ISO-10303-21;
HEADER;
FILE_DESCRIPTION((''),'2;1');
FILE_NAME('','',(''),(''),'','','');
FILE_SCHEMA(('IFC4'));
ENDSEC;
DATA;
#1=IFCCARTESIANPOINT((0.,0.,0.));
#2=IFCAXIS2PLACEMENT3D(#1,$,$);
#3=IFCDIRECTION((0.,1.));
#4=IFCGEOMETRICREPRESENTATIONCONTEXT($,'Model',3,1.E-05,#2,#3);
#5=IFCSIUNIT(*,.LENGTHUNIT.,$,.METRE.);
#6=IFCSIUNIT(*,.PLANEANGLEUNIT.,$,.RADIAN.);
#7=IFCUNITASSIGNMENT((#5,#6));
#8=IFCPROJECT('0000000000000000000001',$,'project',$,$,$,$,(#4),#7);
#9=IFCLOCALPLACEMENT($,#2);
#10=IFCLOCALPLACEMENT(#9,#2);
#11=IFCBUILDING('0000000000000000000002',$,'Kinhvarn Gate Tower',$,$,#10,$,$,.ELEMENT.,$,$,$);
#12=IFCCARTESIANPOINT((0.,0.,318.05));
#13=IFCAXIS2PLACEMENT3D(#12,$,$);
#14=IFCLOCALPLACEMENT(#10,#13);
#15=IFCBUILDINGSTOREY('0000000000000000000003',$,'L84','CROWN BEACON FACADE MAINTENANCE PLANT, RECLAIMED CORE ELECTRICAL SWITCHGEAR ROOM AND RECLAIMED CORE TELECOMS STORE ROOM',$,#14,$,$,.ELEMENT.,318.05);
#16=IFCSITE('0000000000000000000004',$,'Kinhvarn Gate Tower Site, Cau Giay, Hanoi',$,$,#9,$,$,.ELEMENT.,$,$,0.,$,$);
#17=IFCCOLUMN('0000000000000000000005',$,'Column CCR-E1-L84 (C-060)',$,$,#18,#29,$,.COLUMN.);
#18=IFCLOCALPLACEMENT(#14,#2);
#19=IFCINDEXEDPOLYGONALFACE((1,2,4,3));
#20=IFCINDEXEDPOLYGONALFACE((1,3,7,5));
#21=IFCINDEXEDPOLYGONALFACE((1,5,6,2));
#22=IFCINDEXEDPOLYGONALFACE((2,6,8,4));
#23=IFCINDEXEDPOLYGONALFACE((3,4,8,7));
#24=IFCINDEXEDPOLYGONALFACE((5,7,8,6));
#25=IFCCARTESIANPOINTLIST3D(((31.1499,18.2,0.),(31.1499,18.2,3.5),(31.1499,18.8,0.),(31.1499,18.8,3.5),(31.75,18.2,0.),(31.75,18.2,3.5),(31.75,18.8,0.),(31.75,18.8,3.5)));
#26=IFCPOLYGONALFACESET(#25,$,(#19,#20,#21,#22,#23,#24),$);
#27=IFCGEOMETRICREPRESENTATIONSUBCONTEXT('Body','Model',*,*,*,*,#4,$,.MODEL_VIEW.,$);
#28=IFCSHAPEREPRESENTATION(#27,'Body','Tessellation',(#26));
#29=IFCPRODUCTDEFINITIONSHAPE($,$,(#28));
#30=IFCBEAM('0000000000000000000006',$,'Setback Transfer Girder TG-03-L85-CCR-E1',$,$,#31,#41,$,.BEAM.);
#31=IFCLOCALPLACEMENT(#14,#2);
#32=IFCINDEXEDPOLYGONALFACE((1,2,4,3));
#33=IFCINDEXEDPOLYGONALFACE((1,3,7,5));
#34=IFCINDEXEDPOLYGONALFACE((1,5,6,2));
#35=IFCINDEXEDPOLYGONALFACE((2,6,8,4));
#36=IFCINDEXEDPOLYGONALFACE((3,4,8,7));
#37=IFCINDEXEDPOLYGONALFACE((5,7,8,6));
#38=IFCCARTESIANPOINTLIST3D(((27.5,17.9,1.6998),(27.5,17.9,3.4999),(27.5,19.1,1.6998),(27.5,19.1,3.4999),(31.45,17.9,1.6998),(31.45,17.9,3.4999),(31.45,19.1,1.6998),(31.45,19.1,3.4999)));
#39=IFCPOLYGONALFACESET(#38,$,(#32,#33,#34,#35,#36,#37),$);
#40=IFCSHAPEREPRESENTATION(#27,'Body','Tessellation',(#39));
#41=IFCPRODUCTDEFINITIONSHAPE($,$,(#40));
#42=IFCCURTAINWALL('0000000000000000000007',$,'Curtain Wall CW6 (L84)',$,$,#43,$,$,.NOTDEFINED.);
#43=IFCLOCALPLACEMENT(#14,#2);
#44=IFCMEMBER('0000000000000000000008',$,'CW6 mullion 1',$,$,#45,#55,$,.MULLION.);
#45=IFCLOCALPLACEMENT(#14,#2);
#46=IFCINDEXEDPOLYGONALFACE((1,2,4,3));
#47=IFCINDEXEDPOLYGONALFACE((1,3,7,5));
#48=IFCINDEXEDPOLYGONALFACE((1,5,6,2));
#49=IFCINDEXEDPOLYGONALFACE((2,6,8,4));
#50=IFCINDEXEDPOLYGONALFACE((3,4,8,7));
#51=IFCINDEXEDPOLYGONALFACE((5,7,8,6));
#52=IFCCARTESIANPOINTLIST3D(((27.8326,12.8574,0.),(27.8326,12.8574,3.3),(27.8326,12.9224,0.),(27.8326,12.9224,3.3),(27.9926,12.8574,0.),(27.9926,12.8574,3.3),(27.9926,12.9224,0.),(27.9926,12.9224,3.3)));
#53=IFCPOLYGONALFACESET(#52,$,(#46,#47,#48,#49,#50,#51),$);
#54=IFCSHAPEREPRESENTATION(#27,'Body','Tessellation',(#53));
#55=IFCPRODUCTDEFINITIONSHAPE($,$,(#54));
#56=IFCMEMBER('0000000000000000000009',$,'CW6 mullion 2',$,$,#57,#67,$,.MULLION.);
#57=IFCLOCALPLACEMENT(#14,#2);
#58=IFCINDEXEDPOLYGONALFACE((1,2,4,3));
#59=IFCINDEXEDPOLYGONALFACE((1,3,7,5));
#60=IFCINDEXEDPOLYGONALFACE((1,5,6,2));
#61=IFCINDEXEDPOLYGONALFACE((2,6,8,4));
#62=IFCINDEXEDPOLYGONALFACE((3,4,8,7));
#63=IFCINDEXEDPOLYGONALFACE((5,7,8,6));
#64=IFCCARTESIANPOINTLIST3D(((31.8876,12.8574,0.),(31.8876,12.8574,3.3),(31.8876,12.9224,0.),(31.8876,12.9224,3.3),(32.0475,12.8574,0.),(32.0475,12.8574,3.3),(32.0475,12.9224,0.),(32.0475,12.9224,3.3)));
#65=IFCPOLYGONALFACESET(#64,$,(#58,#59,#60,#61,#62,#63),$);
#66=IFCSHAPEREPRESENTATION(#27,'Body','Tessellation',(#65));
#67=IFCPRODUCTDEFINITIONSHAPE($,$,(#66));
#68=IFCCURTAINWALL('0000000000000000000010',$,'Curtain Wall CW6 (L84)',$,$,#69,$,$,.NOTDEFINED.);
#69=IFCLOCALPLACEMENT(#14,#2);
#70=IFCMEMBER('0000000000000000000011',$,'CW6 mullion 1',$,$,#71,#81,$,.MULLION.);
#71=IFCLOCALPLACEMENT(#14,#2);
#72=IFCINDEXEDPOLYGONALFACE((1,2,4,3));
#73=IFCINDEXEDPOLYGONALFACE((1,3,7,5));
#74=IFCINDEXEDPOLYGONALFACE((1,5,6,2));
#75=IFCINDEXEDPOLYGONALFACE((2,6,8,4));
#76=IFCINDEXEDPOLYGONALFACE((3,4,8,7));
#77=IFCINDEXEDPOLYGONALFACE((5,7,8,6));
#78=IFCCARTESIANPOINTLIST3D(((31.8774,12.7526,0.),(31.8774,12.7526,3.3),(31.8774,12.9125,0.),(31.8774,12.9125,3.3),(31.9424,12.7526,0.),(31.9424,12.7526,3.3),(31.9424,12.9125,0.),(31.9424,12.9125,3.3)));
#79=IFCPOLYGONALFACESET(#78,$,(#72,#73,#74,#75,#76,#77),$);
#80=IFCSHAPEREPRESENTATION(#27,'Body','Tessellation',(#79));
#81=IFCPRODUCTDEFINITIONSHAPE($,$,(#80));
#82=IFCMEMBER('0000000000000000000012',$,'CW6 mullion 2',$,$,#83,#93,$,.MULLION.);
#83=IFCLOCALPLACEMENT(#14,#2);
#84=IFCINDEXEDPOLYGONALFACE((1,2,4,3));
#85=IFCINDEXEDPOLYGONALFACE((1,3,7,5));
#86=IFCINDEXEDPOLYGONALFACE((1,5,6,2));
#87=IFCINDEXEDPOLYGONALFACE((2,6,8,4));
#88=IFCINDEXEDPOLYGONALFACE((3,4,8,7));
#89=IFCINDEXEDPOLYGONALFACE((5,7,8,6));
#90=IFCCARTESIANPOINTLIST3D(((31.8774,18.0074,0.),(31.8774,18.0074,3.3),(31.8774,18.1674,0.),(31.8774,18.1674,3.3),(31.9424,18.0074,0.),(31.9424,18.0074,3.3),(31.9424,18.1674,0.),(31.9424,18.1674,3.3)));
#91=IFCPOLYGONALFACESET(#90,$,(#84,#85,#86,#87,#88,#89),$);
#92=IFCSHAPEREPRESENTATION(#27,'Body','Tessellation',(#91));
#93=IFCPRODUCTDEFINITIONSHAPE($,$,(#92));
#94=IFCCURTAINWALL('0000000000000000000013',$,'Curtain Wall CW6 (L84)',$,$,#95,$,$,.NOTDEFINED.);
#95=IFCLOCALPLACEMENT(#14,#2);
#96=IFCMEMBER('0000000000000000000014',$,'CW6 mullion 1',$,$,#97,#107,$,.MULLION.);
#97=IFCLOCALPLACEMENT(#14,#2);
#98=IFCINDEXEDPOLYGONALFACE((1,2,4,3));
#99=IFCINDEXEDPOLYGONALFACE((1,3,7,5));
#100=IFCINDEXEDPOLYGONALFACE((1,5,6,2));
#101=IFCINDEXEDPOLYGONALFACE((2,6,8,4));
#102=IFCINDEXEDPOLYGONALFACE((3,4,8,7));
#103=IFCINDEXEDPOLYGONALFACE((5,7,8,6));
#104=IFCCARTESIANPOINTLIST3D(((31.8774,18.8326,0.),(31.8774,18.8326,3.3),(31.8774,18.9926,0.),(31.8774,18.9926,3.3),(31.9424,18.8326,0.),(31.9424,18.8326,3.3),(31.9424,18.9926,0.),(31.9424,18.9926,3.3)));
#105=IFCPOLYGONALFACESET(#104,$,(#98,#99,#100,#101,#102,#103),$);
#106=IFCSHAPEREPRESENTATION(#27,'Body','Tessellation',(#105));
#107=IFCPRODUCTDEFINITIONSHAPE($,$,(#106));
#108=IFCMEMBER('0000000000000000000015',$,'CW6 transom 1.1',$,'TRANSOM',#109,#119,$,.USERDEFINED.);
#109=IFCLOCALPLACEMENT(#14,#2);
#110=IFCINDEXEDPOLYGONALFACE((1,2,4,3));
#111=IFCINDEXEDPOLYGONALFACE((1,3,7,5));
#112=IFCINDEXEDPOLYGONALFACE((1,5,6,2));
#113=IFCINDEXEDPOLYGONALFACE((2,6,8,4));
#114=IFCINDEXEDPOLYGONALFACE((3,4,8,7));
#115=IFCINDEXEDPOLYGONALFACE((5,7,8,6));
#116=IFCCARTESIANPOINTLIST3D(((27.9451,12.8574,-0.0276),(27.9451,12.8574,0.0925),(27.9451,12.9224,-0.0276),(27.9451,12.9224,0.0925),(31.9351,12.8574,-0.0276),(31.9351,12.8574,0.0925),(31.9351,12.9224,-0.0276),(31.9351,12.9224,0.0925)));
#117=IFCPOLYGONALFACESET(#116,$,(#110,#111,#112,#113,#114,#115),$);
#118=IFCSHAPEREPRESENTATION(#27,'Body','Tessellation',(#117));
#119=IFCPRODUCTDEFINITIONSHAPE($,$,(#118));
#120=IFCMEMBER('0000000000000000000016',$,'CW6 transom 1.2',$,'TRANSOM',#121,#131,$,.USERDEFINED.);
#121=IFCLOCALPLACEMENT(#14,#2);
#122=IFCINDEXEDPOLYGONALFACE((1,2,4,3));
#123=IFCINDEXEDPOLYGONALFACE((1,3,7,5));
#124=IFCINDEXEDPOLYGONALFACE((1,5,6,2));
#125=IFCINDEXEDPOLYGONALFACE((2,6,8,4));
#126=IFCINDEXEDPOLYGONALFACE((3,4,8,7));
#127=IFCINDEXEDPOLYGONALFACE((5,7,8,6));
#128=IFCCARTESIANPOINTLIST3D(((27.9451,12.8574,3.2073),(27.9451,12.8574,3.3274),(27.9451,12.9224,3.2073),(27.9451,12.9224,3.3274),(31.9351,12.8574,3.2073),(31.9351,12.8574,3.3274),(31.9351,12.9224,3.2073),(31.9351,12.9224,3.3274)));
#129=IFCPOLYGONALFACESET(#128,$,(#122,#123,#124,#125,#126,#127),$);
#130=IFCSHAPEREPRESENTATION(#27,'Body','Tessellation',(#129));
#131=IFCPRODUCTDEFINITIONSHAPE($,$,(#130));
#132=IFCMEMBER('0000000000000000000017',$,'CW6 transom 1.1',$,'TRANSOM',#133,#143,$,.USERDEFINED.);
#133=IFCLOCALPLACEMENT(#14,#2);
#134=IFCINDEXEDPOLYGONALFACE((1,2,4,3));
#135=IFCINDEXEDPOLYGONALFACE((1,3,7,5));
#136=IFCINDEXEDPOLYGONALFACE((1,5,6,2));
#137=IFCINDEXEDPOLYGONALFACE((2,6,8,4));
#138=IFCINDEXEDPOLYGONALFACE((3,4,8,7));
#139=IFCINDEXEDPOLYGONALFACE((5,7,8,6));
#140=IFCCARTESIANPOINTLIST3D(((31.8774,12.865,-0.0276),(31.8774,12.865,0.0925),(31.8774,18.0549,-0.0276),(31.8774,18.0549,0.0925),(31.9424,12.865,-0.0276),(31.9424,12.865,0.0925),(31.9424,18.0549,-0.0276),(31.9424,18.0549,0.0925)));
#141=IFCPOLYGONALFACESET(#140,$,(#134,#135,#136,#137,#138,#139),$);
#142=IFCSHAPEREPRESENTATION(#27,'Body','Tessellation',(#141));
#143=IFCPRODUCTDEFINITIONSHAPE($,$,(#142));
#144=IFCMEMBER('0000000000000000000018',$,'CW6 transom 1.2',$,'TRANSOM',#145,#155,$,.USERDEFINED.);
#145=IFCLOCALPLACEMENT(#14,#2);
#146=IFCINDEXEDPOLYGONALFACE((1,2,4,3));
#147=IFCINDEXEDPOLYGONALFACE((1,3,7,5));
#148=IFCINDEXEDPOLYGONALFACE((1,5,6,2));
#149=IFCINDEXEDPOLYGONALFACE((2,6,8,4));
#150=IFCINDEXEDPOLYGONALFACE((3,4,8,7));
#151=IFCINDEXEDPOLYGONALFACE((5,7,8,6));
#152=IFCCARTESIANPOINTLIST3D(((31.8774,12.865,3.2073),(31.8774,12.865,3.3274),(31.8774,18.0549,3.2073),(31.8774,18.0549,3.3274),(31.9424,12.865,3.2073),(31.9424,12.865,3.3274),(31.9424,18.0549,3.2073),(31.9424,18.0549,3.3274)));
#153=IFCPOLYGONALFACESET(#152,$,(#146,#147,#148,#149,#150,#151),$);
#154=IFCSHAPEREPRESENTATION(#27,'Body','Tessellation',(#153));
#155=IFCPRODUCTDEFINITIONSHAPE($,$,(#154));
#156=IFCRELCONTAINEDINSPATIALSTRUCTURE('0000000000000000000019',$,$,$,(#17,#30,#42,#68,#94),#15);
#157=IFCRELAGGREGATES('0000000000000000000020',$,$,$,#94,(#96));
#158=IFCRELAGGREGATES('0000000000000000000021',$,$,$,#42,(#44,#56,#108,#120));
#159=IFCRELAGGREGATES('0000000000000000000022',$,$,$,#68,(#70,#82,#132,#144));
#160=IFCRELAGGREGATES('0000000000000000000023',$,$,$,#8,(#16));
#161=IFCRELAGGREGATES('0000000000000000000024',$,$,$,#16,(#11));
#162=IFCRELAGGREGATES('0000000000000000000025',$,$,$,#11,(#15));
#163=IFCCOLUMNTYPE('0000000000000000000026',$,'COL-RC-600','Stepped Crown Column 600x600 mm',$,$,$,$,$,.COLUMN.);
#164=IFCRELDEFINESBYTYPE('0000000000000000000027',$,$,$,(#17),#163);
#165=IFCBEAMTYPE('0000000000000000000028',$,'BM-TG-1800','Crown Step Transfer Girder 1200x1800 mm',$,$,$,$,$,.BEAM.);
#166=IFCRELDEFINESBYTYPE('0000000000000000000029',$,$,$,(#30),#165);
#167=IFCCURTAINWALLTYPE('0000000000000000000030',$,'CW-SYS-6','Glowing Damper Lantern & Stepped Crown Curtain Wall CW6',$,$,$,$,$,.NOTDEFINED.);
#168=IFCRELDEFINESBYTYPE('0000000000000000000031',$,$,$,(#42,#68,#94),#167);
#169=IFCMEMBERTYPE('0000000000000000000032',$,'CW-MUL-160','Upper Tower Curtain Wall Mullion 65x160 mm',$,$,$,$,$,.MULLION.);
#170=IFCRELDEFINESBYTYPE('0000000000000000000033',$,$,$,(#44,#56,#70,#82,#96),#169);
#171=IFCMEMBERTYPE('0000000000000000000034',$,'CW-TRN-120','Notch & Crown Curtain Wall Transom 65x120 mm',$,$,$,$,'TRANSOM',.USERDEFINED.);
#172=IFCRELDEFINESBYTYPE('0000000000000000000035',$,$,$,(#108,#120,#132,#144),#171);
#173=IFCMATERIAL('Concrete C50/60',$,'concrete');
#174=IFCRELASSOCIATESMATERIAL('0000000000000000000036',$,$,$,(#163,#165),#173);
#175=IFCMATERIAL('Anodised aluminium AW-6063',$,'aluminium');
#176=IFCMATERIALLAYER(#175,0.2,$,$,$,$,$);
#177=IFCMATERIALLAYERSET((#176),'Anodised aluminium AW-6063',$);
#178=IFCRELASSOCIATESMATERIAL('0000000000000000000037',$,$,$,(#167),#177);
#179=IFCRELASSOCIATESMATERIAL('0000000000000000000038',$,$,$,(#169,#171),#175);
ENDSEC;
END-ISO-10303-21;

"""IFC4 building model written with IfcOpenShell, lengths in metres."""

from ifc_helpers import new_model, si_unit, direction, frame, origin, origin_2d, place, context, subcontext, project, spatial, rectangle, extrude, material, layer, layer_set, material_profile, profile_set, type_object, element, aggregate, save


model = new_model("IFC4")

# Units and contexts
model_context = context("Model", 3, precision=1e-05, world=origin(), true_north=direction((0.0, 1.0)))
body_context = subcontext(model_context, "Body", "Model", "MODEL_VIEW")
ifc_project = project(units=[si_unit("LENGTHUNIT", "METRE"), si_unit("PLANEANGLEUNIT", "RADIAN")], contexts=[model_context])

# Site, building, storey
site_placement = place(None, origin())
site = spatial("IfcSite", under=ifc_project, at=site_placement, Name="Kinhvarn Gate Tower Site, Cau Giay, Hanoi", CompositionType="ELEMENT", RefElevation=0.0)
building_placement = place(site_placement, origin())
building = spatial("IfcBuilding", under=site, at=building_placement, Name="Kinhvarn Gate Tower", CompositionType="ELEMENT")
storey_placement = place(building_placement, frame((0.0, 0.0, 318.05)))
storey = spatial("IfcBuildingStorey", under=building, at=storey_placement, Name="L84", Description="CROWN BEACON FACADE MAINTENANCE PLANT, RECLAIMED CORE ELECTRICAL SWITCHGEAR ROOM AND RECLAIMED CORE TELECOMS STORE ROOM", CompositionType="ELEMENT", Elevation=318.05)

# Column
ifc_material_1 = material(Name="Concrete C50/60", Category="concrete")
ifc_material_profile_1 = material_profile(ifc_material_1, rectangle(XDim=0.6001, YDim=0.6001, at=origin_2d()), Name="RC 600x600")
ifc_profile_set_1 = profile_set([ifc_material_profile_1], Name="Concrete C50/60")
column_type = type_object("IfcColumnType", Name="COL-RC-600", Description="Stepped Crown Column 600x600 mm", PredefinedType="COLUMN", material=ifc_profile_set_1)
column_placement = place(storey_placement, frame((31.45, 18.5, 0.0), z_axis=(0.0, 0.0, 1.0), x_axis=(1.0, 0.0, 0.0)))
element("IfcColumn", 1, at=column_placement, inside=storey, type_object=column_type, Name="Column CCR-E1-L84 (C-060)", PredefinedType="COLUMN", context=body_context, shape_type="SweptSolid", body=[
    extrude(rectangle(XDim=0.6001, YDim=0.6001, at=origin_2d()), origin(), (0.0, 0.0, 1.0), 3.5),
])

# Beam
ifc_material_profile_2 = material_profile(ifc_material_1, rectangle(XDim=1.2, YDim=1.8, at=origin_2d()), Name="RC 1200x1800")
ifc_profile_set_2 = profile_set([ifc_material_profile_2], Name="Concrete C50/60")
beam_type_1 = type_object("IfcBeamType", Name="BM-TG-1800", Description="Crown Step Transfer Girder 1200x1800 mm", PredefinedType="BEAM", material=ifc_profile_set_2)
beam_1_placement = place(storey_placement, frame((27.5, 18.5, 2.5999), z_axis=(1.0, 0.0, 0.0), x_axis=(0.0, 1.0, 0.0)))
element("IfcBeam", 2, at=beam_1_placement, inside=storey, type_object=beam_type_1, Name="Setback Transfer Girder TG-03-L85-CCR-E1", PredefinedType="BEAM", context=body_context, shape_type="SweptSolid", body=[
    extrude(rectangle(XDim=1.2, YDim=1.8, at=origin_2d()), origin(), (0.0, 0.0, 1.0), 3.95),
])

# Curtain walls, members
ifc_material_2 = material(Name="Anodised aluminium AW-6063", Category="aluminium")
ifc_layer_1 = layer(ifc_material_2, 0.2)
ifc_layer_set_1 = layer_set([ifc_layer_1], Name="Anodised aluminium AW-6063")
curtain_wall_type = type_object("IfcCurtainWallType", Name="CW-SYS-6", Description="Glowing Damper Lantern & Stepped Crown Curtain Wall CW6", PredefinedType="NOTDEFINED", material=ifc_layer_set_1)
curtain_wall_1_placement = place(storey_placement, origin())
curtain_wall_1 = element("IfcCurtainWall", 3, at=curtain_wall_1_placement, inside=storey, type_object=curtain_wall_type, Name="Curtain Wall CW6 (L84)", PredefinedType="NOTDEFINED")
ifc_material_profile_3 = material_profile(ifc_material_2, rectangle(XDim=0.0649, YDim=0.1599, at=origin_2d()), Name="ALU 65x160")
ifc_profile_set_3 = profile_set([ifc_material_profile_3], Name="Anodised aluminium AW-6063")
member_type_1 = type_object("IfcMemberType", Name="CW-MUL-160", Description="Upper Tower Curtain Wall Mullion 65x160 mm", PredefinedType="MULLION", material=ifc_profile_set_3)
member_1_placement = place(storey_placement, frame((27.9126, 12.8899, 0.0), z_axis=(0.0, 0.0, 1.0), x_axis=(0.0, 1.0, 0.0)))
member_1 = element("IfcMember", 4, at=member_1_placement, type_object=member_type_1, Name="CW6 mullion 1", PredefinedType="MULLION", context=body_context, shape_type="SweptSolid", body=[
    extrude(rectangle(XDim=0.0649, YDim=0.1599, at=origin_2d()), origin(), (0.0, 0.0, 1.0), 3.3),
])
member_2_placement = place(storey_placement, frame((31.9675, 12.8899, 0.0), z_axis=(0.0, 0.0, 1.0), x_axis=(0.0, 1.0, 0.0)))
member_2 = element("IfcMember", 5, at=member_2_placement, type_object=member_type_1, Name="CW6 mullion 2", PredefinedType="MULLION", context=body_context, shape_type="SweptSolid", body=[
    extrude(rectangle(XDim=0.0649, YDim=0.1599, at=origin_2d()), origin(), (0.0, 0.0, 1.0), 3.3),
])
curtain_wall_2_placement = place(storey_placement, origin())
curtain_wall_2 = element("IfcCurtainWall", 6, at=curtain_wall_2_placement, inside=storey, type_object=curtain_wall_type, Name="Curtain Wall CW6 (L84)", PredefinedType="NOTDEFINED")
member_3_placement = place(storey_placement, frame((31.9099, 12.8325, 0.0), z_axis=(0.0, 0.0, 1.0), x_axis=(-1.0, 0.0, 0.0)))
member_3 = element("IfcMember", 7, at=member_3_placement, type_object=member_type_1, Name="CW6 mullion 1", PredefinedType="MULLION", context=body_context, shape_type="SweptSolid", body=[
    extrude(rectangle(XDim=0.0649, YDim=0.1599, at=origin_2d()), origin(), (0.0, 0.0, 1.0), 3.3),
])
member_4_placement = place(storey_placement, frame((31.9099, 18.0874, 0.0), z_axis=(0.0, 0.0, 1.0), x_axis=(-1.0, 0.0, 0.0)))
member_4 = element("IfcMember", 8, at=member_4_placement, type_object=member_type_1, Name="CW6 mullion 2", PredefinedType="MULLION", context=body_context, shape_type="SweptSolid", body=[
    extrude(rectangle(XDim=0.0649, YDim=0.1599, at=origin_2d()), origin(), (0.0, 0.0, 1.0), 3.3),
])

# Curtain wall, member
curtain_wall_3_placement = place(storey_placement, origin())
curtain_wall_3 = element("IfcCurtainWall", 9, at=curtain_wall_3_placement, inside=storey, type_object=curtain_wall_type, Name="Curtain Wall CW6 (L84)", PredefinedType="NOTDEFINED")
member_5_placement = place(storey_placement, frame((31.9099, 18.9126, 0.0), z_axis=(0.0, 0.0, 1.0), x_axis=(-1.0, 0.0, 0.0)))
member_5 = element("IfcMember", 10, at=member_5_placement, type_object=member_type_1, Name="CW6 mullion 1", PredefinedType="MULLION", context=body_context, shape_type="SweptSolid", body=[
    extrude(rectangle(XDim=0.0649, YDim=0.1599, at=origin_2d()), origin(), (0.0, 0.0, 1.0), 3.3),
])
aggregate(curtain_wall_3, [member_5])

# Members
ifc_material_profile_4 = material_profile(ifc_material_2, rectangle(XDim=0.0649, YDim=0.1201, at=origin_2d()), Name="ALU 65x120")
ifc_profile_set_4 = profile_set([ifc_material_profile_4], Name="Anodised aluminium AW-6063")
member_type_2 = type_object("IfcMemberType", Name="CW-TRN-120", Description="Notch & Crown Curtain Wall Transom 65x120 mm", ElementType="TRANSOM", PredefinedType="USERDEFINED", material=ifc_profile_set_4)
member_6_placement = place(storey_placement, frame((27.9451, 12.8899, 0.0325), z_axis=(1.0, 0.0, 0.0), x_axis=(0.0, 1.0, 0.0)))
member_6 = element("IfcMember", 11, at=member_6_placement, type_object=member_type_2, Name="CW6 transom 1.1", ObjectType="TRANSOM", PredefinedType="USERDEFINED", context=body_context, shape_type="SweptSolid", body=[
    extrude(rectangle(XDim=0.0649, YDim=0.1201, at=origin_2d()), origin(), (0.0, 0.0, 1.0), 3.99),
])
member_7_placement = place(storey_placement, frame((27.9451, 12.8899, 3.2673), z_axis=(1.0, 0.0, 0.0), x_axis=(0.0, 1.0, 0.0)))
member_7 = element("IfcMember", 12, at=member_7_placement, type_object=member_type_2, Name="CW6 transom 1.2", ObjectType="TRANSOM", PredefinedType="USERDEFINED", context=body_context, shape_type="SweptSolid", body=[
    extrude(rectangle(XDim=0.0649, YDim=0.1201, at=origin_2d()), origin(), (0.0, 0.0, 1.0), 3.99),
])
member_8_placement = place(storey_placement, frame((31.9099, 12.865, 0.0325), z_axis=(0.0, 1.0, 0.0), x_axis=(-1.0, 0.0, 0.0)))
member_8 = element("IfcMember", 13, at=member_8_placement, type_object=member_type_2, Name="CW6 transom 1.1", ObjectType="TRANSOM", PredefinedType="USERDEFINED", context=body_context, shape_type="SweptSolid", body=[
    extrude(rectangle(XDim=0.0649, YDim=0.1201, at=origin_2d()), origin(), (0.0, 0.0, 1.0), 5.1899),
])
member_9_placement = place(storey_placement, frame((31.9099, 12.865, 3.2673), z_axis=(0.0, 1.0, 0.0), x_axis=(-1.0, 0.0, 0.0)))
member_9 = element("IfcMember", 14, at=member_9_placement, type_object=member_type_2, Name="CW6 transom 1.2", ObjectType="TRANSOM", PredefinedType="USERDEFINED", context=body_context, shape_type="SweptSolid", body=[
    extrude(rectangle(XDim=0.0649, YDim=0.1201, at=origin_2d()), origin(), (0.0, 0.0, 1.0), 5.1899),
])

aggregate(curtain_wall_1, [member_1, member_2, member_6, member_7])
aggregate(curtain_wall_2, [member_3, member_4, member_8, member_9])

save(model, "model.ifc")
